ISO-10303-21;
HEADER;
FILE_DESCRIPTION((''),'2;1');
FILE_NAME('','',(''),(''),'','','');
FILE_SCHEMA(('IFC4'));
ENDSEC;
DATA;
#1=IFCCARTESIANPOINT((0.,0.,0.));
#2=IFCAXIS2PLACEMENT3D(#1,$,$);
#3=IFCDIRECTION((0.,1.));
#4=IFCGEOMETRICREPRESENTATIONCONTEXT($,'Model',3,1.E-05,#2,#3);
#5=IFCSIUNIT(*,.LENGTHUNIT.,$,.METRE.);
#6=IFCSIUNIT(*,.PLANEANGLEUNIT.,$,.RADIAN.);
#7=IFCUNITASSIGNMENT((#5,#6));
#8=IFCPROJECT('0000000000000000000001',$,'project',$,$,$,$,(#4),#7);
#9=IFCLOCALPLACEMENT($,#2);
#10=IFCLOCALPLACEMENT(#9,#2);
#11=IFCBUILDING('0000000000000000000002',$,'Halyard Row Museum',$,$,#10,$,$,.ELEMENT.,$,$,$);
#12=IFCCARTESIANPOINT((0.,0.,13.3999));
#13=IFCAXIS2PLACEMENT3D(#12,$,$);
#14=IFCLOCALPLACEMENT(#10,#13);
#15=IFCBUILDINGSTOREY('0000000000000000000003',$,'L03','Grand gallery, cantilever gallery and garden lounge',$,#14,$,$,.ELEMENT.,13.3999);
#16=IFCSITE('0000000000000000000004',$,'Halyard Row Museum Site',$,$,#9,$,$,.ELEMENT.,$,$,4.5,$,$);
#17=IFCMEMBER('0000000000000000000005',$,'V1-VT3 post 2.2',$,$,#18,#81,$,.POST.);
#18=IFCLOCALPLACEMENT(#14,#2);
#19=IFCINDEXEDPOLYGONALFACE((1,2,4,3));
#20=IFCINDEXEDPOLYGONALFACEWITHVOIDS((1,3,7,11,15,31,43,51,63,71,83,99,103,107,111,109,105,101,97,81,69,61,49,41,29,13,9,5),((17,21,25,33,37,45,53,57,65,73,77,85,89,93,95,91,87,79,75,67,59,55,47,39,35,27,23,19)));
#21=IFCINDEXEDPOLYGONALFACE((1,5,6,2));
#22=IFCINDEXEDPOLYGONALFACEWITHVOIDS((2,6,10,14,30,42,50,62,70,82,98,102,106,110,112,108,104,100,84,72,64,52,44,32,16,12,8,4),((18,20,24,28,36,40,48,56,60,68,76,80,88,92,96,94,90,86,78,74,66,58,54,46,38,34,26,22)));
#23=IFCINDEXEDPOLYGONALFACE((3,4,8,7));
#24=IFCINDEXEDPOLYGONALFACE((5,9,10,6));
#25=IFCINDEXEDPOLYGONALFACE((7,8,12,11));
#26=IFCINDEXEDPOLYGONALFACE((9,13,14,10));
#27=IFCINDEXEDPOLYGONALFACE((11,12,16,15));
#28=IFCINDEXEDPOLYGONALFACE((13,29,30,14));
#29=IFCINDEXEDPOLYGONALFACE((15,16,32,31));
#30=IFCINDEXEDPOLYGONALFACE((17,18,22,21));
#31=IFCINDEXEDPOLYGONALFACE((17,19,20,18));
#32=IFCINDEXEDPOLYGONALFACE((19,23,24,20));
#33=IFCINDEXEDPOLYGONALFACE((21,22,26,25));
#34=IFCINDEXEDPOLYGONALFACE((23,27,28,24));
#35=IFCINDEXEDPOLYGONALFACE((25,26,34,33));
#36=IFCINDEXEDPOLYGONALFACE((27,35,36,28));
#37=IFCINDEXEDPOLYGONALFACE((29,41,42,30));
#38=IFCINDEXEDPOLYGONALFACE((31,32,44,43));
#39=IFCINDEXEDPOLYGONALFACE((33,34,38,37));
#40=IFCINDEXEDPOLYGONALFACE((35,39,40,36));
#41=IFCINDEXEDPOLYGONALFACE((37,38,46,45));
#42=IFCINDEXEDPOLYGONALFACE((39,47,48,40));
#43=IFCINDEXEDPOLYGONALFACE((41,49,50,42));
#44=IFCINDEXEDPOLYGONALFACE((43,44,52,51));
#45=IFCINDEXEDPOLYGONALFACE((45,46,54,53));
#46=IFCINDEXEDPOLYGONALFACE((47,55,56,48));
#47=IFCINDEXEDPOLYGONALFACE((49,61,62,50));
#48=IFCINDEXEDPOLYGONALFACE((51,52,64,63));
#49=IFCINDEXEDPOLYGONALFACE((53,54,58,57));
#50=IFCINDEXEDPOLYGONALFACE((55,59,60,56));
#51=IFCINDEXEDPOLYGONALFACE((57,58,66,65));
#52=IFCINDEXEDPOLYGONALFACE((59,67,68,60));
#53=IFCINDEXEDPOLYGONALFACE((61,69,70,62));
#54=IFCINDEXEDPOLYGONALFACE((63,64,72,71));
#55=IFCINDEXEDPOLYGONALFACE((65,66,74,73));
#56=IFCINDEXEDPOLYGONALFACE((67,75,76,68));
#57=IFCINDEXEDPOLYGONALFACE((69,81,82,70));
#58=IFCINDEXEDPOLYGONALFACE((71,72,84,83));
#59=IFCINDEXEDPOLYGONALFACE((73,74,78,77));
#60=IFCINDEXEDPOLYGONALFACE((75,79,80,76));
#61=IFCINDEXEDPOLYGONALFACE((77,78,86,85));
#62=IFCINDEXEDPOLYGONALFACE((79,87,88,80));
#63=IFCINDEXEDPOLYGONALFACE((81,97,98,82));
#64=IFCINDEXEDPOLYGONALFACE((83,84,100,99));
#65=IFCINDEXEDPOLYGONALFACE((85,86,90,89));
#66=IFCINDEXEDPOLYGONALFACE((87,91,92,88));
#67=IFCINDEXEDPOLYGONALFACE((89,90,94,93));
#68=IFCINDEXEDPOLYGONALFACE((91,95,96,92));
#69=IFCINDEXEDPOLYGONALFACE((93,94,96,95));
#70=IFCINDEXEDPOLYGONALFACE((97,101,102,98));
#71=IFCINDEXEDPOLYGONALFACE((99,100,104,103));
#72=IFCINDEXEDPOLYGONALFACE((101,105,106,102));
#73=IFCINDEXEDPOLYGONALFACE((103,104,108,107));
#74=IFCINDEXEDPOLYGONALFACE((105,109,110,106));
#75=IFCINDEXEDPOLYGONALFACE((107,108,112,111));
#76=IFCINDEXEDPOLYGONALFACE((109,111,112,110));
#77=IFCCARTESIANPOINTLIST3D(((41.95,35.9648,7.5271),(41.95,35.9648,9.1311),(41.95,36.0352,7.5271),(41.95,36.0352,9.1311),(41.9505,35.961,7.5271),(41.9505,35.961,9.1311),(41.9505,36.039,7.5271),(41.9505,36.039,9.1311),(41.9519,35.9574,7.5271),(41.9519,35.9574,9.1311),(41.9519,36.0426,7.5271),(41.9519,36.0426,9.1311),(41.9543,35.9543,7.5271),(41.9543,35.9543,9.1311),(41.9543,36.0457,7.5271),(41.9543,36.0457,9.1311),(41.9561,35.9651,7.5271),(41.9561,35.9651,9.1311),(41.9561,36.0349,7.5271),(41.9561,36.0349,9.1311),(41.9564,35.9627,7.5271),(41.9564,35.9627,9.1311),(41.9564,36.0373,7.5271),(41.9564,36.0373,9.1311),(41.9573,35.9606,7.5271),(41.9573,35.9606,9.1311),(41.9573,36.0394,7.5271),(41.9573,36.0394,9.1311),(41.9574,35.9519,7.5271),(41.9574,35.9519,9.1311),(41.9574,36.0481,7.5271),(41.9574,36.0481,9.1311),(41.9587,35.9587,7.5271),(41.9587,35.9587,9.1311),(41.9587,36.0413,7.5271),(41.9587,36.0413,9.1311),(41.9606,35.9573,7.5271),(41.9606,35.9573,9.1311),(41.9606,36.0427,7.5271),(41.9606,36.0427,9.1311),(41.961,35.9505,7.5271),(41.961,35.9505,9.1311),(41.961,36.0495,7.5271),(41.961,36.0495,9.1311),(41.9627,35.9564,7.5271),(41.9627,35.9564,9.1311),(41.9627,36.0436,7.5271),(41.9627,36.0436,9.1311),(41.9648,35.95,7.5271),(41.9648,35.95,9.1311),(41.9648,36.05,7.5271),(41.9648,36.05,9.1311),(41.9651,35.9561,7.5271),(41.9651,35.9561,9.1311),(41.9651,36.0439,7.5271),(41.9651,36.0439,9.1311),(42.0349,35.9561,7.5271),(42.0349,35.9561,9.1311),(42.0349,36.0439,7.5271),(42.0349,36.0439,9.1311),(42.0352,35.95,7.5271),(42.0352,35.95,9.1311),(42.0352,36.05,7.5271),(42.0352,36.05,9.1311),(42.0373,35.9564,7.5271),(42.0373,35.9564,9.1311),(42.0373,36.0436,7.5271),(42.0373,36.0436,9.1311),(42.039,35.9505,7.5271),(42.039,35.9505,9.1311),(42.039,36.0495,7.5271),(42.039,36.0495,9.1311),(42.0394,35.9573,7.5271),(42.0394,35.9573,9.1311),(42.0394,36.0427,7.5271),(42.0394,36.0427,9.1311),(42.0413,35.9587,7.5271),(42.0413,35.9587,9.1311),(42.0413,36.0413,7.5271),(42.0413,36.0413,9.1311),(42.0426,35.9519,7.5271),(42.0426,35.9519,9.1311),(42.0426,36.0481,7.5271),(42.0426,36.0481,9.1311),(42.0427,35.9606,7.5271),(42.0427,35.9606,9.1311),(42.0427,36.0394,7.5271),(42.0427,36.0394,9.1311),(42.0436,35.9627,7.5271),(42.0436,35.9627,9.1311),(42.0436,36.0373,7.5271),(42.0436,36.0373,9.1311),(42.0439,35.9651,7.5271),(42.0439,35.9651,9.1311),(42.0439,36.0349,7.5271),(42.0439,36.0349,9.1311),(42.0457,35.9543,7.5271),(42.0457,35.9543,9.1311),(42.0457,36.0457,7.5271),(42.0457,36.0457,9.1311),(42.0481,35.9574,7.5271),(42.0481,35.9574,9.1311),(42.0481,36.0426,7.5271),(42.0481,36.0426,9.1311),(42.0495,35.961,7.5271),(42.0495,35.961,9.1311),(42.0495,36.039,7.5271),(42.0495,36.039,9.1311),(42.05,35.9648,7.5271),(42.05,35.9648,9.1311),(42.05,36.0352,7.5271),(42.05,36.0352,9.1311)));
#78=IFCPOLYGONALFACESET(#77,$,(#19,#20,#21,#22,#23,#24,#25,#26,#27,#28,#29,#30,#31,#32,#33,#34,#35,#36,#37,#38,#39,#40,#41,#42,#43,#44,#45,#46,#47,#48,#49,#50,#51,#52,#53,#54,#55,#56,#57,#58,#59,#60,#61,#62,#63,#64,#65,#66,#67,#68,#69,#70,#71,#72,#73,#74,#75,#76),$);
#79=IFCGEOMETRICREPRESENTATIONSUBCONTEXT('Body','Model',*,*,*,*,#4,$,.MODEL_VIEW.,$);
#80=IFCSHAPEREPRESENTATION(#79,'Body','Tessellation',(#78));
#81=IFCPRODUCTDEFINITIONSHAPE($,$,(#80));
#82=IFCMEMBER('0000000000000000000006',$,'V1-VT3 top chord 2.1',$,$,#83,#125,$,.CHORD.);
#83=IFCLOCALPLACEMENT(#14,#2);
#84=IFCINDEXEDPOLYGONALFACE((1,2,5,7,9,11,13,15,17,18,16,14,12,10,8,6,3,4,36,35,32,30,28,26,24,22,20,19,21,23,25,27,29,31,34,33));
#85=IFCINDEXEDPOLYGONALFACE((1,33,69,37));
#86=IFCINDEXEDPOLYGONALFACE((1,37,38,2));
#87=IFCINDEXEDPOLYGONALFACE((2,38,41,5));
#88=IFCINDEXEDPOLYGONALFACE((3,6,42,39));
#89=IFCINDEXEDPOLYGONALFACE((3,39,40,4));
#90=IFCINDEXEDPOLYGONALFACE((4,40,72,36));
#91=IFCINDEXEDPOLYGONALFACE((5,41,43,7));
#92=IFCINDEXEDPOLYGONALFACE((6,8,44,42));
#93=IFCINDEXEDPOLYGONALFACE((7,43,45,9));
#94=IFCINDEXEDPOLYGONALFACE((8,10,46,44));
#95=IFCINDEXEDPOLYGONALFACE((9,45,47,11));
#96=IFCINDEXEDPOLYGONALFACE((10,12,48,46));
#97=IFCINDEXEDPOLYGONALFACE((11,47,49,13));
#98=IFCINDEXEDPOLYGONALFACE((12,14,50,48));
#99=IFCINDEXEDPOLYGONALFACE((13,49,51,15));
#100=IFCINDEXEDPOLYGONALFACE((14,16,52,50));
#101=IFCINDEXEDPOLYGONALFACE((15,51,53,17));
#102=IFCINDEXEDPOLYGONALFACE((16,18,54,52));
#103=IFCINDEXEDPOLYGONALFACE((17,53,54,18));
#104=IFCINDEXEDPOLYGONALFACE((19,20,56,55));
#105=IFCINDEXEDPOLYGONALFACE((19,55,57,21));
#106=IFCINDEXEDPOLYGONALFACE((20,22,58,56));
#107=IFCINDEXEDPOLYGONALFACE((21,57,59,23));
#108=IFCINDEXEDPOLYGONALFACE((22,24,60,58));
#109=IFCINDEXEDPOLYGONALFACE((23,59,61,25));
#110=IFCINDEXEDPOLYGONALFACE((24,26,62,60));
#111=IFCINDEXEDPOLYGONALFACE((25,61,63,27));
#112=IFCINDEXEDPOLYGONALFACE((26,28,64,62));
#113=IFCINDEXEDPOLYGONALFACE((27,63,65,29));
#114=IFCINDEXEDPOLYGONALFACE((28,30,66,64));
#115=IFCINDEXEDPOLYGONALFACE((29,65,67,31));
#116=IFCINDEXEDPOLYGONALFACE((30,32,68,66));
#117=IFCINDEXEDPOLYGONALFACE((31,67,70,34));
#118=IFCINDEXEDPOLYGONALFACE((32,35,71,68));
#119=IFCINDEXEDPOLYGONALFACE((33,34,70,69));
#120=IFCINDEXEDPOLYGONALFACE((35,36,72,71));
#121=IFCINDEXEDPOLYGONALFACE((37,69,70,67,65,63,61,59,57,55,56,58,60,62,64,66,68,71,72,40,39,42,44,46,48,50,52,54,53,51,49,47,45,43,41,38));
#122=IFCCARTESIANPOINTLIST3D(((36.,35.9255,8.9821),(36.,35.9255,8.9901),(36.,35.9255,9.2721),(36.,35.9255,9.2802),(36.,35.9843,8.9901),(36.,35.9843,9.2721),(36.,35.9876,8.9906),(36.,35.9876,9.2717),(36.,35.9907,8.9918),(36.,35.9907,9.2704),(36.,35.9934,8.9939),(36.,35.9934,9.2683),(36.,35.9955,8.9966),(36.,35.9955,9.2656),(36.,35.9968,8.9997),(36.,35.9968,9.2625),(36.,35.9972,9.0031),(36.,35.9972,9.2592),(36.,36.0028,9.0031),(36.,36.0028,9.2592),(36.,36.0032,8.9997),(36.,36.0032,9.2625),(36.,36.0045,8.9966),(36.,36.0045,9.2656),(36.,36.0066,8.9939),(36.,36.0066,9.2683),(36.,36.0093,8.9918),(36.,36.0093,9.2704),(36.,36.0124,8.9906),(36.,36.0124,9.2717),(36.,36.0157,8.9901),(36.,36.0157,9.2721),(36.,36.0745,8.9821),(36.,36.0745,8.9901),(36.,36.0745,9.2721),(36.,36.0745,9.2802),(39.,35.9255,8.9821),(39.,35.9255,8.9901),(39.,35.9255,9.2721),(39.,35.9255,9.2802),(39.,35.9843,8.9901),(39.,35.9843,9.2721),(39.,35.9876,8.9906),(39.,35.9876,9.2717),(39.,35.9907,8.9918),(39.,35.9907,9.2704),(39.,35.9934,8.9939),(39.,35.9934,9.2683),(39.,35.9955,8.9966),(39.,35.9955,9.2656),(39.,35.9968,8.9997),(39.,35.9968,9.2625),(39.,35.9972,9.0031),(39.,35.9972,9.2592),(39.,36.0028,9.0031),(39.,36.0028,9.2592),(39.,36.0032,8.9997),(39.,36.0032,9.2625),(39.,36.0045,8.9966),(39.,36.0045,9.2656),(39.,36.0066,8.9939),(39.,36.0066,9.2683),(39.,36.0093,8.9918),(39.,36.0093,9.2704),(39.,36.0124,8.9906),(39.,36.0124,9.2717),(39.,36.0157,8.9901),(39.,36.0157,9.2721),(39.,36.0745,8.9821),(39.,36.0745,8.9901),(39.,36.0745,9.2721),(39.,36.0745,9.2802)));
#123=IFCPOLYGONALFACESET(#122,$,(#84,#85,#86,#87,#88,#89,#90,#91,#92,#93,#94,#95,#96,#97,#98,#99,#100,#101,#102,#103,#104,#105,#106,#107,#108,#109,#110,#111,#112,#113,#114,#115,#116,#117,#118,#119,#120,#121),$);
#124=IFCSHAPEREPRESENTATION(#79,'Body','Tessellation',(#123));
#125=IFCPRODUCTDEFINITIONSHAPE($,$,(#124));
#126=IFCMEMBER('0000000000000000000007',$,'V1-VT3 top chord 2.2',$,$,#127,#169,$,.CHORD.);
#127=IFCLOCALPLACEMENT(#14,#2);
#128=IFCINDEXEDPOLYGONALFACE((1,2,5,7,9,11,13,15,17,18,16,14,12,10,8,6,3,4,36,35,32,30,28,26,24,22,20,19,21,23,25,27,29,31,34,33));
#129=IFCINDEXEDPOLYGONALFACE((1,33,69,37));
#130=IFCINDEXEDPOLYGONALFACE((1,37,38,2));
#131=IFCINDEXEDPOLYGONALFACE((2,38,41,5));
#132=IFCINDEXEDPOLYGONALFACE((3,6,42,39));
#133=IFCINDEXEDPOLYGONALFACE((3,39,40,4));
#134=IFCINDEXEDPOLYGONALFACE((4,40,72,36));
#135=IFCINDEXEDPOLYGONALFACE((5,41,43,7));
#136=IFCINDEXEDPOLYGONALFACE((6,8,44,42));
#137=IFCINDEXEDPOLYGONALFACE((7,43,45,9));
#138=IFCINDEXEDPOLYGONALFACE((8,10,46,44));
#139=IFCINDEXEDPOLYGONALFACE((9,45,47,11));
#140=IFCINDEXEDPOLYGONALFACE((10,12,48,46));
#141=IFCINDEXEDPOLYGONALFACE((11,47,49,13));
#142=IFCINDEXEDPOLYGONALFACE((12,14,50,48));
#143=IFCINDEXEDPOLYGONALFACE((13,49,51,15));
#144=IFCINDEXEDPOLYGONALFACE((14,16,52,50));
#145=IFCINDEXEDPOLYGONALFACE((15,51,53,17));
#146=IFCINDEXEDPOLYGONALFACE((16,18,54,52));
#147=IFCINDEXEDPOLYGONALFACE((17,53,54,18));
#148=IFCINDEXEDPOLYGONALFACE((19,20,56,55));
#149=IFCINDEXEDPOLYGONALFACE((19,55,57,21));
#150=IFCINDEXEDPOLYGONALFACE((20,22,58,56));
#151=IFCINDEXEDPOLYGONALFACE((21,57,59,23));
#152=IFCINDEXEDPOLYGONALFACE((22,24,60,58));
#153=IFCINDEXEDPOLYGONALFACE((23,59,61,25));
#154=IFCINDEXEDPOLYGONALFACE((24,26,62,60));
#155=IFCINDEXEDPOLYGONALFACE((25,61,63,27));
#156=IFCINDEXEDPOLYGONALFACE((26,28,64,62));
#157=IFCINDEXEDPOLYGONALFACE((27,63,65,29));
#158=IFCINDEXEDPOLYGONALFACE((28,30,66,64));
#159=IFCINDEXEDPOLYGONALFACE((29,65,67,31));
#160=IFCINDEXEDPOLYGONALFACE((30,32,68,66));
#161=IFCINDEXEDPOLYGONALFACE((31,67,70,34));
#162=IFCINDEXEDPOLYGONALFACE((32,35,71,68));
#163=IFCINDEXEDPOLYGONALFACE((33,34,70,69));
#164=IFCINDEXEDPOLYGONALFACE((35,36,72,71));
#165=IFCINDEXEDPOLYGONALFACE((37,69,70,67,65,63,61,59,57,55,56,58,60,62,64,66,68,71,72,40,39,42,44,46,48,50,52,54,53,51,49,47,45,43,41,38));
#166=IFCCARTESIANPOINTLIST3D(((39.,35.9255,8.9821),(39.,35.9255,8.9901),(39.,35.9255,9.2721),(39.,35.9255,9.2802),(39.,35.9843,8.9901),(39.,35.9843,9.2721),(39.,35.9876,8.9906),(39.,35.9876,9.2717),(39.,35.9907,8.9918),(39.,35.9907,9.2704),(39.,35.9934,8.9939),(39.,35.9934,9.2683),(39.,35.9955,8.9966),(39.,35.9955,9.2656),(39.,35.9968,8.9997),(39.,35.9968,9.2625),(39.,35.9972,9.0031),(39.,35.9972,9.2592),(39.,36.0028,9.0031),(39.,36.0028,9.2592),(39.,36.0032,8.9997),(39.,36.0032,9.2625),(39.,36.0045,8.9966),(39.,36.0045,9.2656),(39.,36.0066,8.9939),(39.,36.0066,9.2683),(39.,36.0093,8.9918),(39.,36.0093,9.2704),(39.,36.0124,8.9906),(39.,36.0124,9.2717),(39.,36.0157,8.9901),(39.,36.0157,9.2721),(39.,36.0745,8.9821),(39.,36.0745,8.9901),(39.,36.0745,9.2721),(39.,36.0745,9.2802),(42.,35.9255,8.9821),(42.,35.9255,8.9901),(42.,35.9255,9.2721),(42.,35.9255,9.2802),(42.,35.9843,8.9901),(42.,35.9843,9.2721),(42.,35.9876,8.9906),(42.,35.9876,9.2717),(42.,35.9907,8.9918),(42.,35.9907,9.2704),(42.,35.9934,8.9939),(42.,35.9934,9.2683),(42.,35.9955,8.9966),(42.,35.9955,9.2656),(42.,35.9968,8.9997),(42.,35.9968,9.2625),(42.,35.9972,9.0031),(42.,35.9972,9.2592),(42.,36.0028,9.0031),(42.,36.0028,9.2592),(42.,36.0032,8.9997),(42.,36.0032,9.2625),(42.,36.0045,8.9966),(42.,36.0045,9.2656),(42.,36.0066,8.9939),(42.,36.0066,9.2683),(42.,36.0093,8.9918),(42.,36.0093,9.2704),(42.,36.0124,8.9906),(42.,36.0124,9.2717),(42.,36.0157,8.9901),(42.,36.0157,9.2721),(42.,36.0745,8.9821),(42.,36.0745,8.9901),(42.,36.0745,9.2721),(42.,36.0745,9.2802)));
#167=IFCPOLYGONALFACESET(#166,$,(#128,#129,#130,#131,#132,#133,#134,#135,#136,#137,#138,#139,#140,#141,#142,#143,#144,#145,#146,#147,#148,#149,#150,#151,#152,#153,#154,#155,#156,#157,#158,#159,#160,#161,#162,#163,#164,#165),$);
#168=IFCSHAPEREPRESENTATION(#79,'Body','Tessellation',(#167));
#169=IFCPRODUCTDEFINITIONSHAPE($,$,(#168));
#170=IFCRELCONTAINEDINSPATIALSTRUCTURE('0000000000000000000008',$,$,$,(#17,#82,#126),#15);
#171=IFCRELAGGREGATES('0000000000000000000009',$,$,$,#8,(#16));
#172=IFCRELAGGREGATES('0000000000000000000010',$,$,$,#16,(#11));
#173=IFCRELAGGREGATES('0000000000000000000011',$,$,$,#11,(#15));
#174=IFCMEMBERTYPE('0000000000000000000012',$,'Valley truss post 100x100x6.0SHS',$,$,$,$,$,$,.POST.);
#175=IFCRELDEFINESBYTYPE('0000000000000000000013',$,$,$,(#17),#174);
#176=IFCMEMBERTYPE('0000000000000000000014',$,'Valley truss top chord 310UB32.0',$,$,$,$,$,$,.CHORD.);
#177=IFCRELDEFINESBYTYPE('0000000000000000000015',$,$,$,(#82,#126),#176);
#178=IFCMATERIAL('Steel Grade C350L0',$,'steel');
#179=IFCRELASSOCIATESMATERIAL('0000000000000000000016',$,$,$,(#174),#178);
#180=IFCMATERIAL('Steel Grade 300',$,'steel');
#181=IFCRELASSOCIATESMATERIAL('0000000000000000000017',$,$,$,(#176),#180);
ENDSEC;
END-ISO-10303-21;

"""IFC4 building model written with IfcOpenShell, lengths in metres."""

from ifc_helpers import new_model, si_unit, direction, frame, origin, origin_2d, place, context, subcontext, project, spatial, hollow_rectangle, i_section, extrude, material, material_profile, profile_set, type_object, element, save


model = new_model("IFC4")

# Units and contexts
model_context = context("Model", 3, precision=1e-05, world=origin(), true_north=direction((0.0, 1.0)))
body_context = subcontext(model_context, "Body", "Model", "MODEL_VIEW")
ifc_project = project(units=[si_unit("LENGTHUNIT", "METRE"), si_unit("PLANEANGLEUNIT", "RADIAN")], contexts=[model_context])

# Site, building, storey
site_placement = place(None, origin())
site = spatial("IfcSite", under=ifc_project, at=site_placement, Name="Halyard Row Museum Site", CompositionType="ELEMENT", RefElevation=4.5)
building_placement = place(site_placement, origin())
building = spatial("IfcBuilding", under=site, at=building_placement, Name="Halyard Row Museum", CompositionType="ELEMENT")
storey_placement = place(building_placement, frame((0.0, 0.0, 13.3999)))
storey = spatial("IfcBuildingStorey", under=building, at=storey_placement, Name="L03", Description="Grand gallery, cantilever gallery and garden lounge", CompositionType="ELEMENT", Elevation=13.3999)

# Members
ifc_material_1 = material(Name="Steel Grade C350L0", Category="steel")
ifc_material_profile_1 = material_profile(ifc_material_1, hollow_rectangle(XDim=0.1001, YDim=0.1001, WallThickness=0.0061, InnerFilletRadius=0.009, OuterFilletRadius=0.0149, at=origin_2d()), Name="100x100x6.0SHS")
ifc_profile_set_1 = profile_set([ifc_material_profile_1], Name="Steel Grade C350L0")
member_type_1 = type_object("IfcMemberType", Name="Valley truss post 100x100x6.0SHS", PredefinedType="POST", material=ifc_profile_set_1)
for number, where, z_axis, x_axis, name in (
    (1, (42.0, 36.0, 7.5271), (0.0, 0.0, 1.0), (1.0, 0.0, 0.0), "V1-VT3 post 2.2"),
):
    element("IfcMember", number, at=place(storey_placement, frame(where, z_axis=z_axis, x_axis=x_axis)), inside=storey, type_object=member_type_1, Name=name, PredefinedType="POST", context=body_context, shape_type="SweptSolid", body=[
        extrude(hollow_rectangle(XDim=0.1001, YDim=0.1001, WallThickness=0.0061, InnerFilletRadius=0.009, OuterFilletRadius=0.0149, at=origin_2d()), origin(), (0.0, 0.0, 1.0), 1.604),
    ])
ifc_material_2 = material(Name="Steel Grade 300", Category="steel")
ifc_material_profile_2 = material_profile(ifc_material_2, i_section(OverallWidth=0.1489, OverallDepth=0.2981, WebThickness=0.0056, FlangeThickness=0.0081, FilletRadius=0.0129, at=origin_2d()), Name="310UB32.0")
ifc_profile_set_2 = profile_set([ifc_material_profile_2], Name="Steel Grade 300")
member_type_2 = type_object("IfcMemberType", Name="Valley truss top chord 310UB32.0", PredefinedType="CHORD", material=ifc_profile_set_2)
for number, where, z_axis, x_axis, name in (
    (2, (36.0, 36.0, 9.1311), (1.0, 0.0, 0.0), (0.0, 1.0, 0.0), "V1-VT3 top chord 2.1"),
    (3, (39.0, 36.0, 9.1311), (1.0, 0.0, 0.0), (0.0, 1.0, 0.0), "V1-VT3 top chord 2.2"),
):
    element("IfcMember", number, at=place(storey_placement, frame(where, z_axis=z_axis, x_axis=x_axis)), inside=storey, type_object=member_type_2, Name=name, PredefinedType="CHORD", context=body_context, shape_type="SweptSolid", body=[
        extrude(i_section(OverallWidth=0.1489, OverallDepth=0.2981, WebThickness=0.0056, FlangeThickness=0.0081, FilletRadius=0.0129, at=origin_2d()), origin(), (0.0, 0.0, 1.0), 3.0),
    ])

save(model, "model.ifc")
